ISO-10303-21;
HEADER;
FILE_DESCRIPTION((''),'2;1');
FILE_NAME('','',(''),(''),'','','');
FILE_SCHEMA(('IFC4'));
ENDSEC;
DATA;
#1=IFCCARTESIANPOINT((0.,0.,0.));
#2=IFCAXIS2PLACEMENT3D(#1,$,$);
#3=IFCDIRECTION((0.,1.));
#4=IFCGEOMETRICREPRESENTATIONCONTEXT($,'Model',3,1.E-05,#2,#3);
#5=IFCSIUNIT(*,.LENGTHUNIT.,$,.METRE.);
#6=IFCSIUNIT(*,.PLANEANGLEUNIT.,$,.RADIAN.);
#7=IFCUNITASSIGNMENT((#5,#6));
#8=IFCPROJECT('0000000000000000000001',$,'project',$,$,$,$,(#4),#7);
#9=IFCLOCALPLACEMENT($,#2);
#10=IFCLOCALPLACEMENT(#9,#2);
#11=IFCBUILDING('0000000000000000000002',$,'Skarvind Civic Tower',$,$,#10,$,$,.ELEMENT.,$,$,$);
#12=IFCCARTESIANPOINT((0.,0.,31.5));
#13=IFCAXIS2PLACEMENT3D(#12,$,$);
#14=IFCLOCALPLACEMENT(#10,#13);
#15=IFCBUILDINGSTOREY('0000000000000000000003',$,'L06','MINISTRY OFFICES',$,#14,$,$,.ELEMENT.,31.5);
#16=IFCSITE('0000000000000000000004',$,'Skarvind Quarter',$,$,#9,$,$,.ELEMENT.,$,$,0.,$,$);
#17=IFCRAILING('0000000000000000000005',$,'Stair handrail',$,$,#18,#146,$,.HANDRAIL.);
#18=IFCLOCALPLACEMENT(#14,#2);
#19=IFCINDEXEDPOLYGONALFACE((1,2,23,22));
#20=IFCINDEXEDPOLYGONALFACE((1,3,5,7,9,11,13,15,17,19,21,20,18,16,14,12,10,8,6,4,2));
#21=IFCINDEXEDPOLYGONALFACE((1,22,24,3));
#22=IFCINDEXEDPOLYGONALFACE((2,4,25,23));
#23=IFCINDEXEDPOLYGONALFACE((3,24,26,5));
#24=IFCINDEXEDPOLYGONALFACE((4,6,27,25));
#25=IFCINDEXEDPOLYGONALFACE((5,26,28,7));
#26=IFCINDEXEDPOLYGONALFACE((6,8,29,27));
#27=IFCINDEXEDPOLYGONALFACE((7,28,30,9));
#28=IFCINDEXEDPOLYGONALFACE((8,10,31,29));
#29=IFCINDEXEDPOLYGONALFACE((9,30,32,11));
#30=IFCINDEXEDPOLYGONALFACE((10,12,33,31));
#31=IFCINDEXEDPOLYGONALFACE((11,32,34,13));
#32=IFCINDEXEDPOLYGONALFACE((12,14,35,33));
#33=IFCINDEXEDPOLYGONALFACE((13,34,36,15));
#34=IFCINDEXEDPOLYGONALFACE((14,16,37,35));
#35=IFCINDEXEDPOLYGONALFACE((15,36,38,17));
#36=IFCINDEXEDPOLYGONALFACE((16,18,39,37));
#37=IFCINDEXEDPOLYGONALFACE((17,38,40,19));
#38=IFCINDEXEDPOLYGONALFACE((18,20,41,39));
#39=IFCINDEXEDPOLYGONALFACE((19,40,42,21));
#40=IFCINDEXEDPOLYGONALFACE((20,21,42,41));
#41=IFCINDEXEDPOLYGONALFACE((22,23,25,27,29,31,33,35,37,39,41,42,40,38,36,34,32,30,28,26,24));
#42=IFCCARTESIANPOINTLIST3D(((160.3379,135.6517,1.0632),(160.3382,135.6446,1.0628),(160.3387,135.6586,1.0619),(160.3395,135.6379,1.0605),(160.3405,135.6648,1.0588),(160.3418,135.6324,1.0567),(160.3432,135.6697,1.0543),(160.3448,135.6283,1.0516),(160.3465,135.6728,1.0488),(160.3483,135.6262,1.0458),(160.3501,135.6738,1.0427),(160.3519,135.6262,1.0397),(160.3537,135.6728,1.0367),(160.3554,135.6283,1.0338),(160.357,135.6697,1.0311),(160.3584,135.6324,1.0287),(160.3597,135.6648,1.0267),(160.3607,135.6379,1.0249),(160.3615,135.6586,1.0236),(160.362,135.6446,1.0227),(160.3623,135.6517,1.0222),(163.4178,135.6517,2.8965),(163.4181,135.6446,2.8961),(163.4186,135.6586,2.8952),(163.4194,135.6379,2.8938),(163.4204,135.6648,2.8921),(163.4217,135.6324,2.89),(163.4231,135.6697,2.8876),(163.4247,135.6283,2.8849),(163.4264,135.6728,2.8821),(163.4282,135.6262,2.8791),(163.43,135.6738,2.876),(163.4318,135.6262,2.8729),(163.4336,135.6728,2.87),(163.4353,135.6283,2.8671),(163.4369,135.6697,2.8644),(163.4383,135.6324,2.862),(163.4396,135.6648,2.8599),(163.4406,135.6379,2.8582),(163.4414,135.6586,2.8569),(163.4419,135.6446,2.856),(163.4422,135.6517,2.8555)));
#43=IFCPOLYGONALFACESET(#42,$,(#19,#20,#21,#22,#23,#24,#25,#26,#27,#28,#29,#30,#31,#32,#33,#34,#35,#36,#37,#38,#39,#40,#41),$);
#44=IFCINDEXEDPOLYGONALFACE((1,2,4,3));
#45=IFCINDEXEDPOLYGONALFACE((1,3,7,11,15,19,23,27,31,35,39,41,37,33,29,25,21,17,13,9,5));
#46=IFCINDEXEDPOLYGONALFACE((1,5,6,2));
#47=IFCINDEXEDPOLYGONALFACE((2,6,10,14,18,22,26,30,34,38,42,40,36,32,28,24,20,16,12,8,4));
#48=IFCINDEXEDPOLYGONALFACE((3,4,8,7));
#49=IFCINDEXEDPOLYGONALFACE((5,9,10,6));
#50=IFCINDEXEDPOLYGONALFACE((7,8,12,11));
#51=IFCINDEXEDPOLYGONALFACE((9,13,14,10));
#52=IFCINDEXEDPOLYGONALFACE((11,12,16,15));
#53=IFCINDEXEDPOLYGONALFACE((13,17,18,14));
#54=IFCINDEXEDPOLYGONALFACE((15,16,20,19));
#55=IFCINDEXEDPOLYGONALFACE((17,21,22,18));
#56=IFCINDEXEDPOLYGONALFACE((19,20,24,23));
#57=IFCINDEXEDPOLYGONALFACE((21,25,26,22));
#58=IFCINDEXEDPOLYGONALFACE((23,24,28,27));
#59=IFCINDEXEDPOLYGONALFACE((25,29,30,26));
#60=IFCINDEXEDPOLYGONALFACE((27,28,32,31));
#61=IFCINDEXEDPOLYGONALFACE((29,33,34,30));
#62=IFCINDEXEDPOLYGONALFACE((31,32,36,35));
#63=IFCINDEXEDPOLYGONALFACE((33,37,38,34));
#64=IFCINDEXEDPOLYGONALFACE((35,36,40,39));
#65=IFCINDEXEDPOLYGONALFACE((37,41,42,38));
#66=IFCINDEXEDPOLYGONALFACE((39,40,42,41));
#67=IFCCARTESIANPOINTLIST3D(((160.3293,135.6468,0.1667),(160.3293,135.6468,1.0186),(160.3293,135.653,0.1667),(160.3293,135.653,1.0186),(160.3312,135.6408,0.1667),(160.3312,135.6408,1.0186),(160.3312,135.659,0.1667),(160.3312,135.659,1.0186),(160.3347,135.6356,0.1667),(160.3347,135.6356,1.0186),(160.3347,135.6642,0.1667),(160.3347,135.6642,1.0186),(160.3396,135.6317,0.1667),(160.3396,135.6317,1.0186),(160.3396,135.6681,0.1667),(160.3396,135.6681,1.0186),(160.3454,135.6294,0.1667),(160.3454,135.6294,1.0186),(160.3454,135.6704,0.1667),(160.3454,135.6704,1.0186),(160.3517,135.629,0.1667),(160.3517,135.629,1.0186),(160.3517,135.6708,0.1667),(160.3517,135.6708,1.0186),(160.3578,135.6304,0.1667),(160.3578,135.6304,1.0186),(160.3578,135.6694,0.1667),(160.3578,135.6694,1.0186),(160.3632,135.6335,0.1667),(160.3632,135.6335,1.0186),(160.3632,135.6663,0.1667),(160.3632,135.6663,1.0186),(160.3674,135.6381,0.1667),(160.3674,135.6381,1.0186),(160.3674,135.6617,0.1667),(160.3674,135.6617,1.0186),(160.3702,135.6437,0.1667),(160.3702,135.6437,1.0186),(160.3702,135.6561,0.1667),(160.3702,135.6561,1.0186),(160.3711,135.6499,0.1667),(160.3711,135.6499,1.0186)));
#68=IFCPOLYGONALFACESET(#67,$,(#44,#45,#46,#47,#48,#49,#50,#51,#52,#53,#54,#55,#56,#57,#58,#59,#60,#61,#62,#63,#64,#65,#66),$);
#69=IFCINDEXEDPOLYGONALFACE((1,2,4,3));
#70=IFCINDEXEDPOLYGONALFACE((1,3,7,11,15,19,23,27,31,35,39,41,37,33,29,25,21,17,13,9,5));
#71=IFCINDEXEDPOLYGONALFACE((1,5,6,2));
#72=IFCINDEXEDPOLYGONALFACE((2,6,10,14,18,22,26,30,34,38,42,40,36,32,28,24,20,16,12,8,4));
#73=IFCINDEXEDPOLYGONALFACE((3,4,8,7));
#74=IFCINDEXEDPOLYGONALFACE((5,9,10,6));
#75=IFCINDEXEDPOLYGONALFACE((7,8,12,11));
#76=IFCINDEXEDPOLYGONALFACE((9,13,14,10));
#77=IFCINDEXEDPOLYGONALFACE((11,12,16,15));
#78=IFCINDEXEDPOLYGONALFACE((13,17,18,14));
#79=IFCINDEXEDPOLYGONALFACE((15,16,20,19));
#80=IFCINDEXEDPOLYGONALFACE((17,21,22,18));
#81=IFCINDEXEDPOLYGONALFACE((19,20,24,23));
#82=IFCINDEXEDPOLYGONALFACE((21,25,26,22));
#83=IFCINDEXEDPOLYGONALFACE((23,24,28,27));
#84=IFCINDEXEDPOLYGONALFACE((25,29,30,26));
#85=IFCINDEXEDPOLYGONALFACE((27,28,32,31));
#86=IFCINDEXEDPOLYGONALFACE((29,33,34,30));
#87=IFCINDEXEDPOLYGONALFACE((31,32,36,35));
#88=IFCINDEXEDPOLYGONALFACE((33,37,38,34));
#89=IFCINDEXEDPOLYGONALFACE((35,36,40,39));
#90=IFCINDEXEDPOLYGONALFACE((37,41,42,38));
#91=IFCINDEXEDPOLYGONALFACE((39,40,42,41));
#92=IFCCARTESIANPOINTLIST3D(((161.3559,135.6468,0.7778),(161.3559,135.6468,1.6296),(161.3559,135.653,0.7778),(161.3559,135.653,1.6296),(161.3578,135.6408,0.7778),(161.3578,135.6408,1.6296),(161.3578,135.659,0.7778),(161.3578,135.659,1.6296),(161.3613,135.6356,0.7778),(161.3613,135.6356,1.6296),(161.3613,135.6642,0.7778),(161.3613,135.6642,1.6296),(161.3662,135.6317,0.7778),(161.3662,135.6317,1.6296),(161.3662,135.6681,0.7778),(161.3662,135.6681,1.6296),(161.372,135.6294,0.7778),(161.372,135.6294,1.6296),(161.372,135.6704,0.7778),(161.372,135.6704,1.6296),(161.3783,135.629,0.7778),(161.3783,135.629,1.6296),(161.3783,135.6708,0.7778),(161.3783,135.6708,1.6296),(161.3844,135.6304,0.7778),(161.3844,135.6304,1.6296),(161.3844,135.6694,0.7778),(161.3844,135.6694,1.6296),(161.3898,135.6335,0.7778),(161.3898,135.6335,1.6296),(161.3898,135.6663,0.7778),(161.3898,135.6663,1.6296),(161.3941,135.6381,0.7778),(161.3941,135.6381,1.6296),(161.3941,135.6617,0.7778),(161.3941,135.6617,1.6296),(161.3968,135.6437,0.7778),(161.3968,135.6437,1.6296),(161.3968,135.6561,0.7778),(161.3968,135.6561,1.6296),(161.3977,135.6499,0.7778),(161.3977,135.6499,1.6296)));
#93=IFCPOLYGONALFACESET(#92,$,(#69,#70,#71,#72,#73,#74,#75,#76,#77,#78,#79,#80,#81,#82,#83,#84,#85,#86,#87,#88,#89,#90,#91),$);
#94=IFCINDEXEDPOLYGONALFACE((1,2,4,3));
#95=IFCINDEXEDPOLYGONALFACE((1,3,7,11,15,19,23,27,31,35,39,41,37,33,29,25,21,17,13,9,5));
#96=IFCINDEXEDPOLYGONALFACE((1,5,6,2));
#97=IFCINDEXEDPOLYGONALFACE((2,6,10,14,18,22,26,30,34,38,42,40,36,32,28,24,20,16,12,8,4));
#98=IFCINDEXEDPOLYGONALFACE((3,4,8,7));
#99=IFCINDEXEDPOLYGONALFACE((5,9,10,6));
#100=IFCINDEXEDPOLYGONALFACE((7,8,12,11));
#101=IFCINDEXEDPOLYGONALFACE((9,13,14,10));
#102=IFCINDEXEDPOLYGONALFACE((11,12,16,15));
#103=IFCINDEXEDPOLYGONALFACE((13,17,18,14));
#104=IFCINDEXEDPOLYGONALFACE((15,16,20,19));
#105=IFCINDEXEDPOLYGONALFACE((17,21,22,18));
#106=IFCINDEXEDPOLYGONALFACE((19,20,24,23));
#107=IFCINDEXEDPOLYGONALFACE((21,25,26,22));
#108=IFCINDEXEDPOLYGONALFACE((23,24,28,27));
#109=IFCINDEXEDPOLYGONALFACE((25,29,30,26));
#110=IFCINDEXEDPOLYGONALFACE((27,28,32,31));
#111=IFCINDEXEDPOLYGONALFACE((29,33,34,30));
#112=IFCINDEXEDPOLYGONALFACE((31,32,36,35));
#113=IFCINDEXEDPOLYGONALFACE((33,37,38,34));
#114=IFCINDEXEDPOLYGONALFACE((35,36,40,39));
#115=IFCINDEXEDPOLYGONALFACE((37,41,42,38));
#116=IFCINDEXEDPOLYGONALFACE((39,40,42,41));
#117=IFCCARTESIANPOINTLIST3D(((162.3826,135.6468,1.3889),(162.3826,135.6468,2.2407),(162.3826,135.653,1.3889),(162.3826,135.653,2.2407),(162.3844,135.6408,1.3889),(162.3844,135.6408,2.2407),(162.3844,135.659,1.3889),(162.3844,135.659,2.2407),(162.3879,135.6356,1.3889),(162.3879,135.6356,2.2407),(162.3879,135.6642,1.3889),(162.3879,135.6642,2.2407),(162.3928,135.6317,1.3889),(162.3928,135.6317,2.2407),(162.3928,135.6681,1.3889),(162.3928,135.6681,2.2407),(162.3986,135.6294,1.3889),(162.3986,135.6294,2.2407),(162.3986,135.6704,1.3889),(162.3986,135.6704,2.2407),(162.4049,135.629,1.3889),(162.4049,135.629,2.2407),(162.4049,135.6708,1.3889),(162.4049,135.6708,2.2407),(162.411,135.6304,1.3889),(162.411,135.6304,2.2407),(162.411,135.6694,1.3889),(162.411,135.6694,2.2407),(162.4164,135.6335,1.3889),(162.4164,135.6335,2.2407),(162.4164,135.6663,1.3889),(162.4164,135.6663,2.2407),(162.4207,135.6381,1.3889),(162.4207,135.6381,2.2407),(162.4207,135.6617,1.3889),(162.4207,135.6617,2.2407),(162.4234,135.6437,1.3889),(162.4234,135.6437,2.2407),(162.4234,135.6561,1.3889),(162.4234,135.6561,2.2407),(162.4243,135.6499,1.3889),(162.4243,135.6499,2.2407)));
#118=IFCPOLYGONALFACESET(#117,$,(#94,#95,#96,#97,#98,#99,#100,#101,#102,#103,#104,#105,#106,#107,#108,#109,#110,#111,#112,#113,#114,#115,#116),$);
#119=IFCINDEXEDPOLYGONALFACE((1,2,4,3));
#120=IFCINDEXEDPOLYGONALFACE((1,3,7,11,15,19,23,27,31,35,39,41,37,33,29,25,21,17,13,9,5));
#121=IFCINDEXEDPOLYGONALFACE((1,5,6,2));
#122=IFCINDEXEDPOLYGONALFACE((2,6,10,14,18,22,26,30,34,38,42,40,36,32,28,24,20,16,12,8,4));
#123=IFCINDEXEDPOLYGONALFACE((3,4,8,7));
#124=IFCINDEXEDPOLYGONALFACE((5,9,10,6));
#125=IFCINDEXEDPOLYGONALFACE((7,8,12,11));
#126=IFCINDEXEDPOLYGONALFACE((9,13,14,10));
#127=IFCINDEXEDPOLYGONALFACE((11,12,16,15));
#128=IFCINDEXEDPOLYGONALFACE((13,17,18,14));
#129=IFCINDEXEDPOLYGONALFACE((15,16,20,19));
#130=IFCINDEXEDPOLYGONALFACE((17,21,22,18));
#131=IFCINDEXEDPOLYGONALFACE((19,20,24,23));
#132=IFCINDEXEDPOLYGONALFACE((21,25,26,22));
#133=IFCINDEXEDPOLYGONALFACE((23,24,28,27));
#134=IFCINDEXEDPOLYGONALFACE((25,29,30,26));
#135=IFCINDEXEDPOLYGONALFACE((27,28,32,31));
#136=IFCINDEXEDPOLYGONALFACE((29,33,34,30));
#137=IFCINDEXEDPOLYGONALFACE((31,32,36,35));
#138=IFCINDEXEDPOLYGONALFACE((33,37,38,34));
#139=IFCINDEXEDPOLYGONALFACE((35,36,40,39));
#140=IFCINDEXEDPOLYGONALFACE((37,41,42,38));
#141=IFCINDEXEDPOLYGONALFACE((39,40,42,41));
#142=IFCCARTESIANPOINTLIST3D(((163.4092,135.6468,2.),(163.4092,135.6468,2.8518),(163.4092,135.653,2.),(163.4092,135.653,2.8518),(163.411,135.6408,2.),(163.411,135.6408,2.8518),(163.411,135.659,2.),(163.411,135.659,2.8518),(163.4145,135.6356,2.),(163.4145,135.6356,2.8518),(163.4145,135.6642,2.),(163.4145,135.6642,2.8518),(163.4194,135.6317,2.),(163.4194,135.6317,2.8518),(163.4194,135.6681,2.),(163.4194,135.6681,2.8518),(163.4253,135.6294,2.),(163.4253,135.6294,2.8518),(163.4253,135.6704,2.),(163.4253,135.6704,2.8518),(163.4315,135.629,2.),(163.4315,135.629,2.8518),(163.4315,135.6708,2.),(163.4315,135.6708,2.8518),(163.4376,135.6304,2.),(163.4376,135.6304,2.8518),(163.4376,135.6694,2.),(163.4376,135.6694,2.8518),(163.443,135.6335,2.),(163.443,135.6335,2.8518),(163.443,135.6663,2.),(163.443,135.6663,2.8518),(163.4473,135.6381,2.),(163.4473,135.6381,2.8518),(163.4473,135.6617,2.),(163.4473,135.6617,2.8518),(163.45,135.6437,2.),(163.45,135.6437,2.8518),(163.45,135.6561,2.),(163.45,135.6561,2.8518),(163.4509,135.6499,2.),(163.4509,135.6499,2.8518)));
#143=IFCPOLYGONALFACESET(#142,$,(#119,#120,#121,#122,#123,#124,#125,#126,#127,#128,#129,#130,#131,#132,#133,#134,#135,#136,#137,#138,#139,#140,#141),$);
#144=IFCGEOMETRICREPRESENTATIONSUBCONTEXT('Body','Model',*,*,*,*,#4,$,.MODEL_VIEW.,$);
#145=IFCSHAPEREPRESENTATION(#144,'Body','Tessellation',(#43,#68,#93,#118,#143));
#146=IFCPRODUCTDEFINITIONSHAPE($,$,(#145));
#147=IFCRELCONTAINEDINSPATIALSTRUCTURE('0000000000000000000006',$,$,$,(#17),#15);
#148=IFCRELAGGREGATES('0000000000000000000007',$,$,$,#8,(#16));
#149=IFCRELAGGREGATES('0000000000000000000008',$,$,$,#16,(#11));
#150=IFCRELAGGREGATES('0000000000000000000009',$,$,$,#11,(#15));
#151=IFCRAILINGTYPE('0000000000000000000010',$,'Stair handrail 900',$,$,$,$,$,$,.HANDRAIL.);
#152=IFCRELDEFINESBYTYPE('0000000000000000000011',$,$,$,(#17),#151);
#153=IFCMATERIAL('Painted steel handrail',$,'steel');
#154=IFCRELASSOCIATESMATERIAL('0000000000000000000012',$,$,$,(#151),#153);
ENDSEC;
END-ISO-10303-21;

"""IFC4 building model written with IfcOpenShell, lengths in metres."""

from ifc_helpers import new_model, si_unit, direction, frame, origin, origin_2d, place, context, subcontext, project, spatial, circle, extrude, material, type_object, element, save


model = new_model("IFC4")

# Units and contexts
model_context = context("Model", 3, precision=1e-05, world=origin(), true_north=direction((0.0, 1.0)))
body_context = subcontext(model_context, "Body", "Model", "MODEL_VIEW")
ifc_project = project(units=[si_unit("LENGTHUNIT", "METRE"), si_unit("PLANEANGLEUNIT", "RADIAN")], contexts=[model_context])

# Site, building, storey
site_placement = place(None, origin())
site = spatial("IfcSite", under=ifc_project, at=site_placement, Name="Skarvind Quarter", CompositionType="ELEMENT", RefElevation=0.0)
building_placement = place(site_placement, origin())
building = spatial("IfcBuilding", under=site, at=building_placement, Name="Skarvind Civic Tower", CompositionType="ELEMENT")
storey_placement = place(building_placement, frame((0.0, 0.0, 31.5)))
storey = spatial("IfcBuildingStorey", under=building, at=storey_placement, Name="L06", Description="MINISTRY OFFICES", CompositionType="ELEMENT", Elevation=31.5)

# Railing
ifc_material_1 = material(Name="Painted steel handrail", Category="steel")
railing_type = type_object("IfcRailingType", Name="Stair handrail 900", PredefinedType="HANDRAIL", material=ifc_material_1)
railing_placement = place(storey_placement, frame((160.3501, 135.6499, 0.1667)))
element("IfcRailing", 1, at=railing_placement, inside=storey, type_object=railing_type, Name="Stair handrail", PredefinedType="HANDRAIL", context=body_context, shape_type="SweptSolid", body=[
    extrude(circle(Radius=0.0239, at=origin_2d()), frame((0.0, 0.0, 0.876), z_axis=(0.859291, 0.0, 0.511487), x_axis=(0.0, 1.0, 0.0)), (0.0, 0.0, 1.0), 3.5842),
    extrude(circle(Radius=0.021, at=origin_2d()), origin(), (0.0, 0.0, 1.0), 0.8518),
    extrude(circle(Radius=0.021, at=origin_2d()), frame((1.0266, 0.0, 0.6111)), (0.0, 0.0, 1.0), 0.8518),
    extrude(circle(Radius=0.021, at=origin_2d()), frame((2.0532, 0.0, 1.2222)), (0.0, 0.0, 1.0), 0.8518),
    extrude(circle(Radius=0.021, at=origin_2d()), frame((3.0798, 0.0, 1.8333)), (0.0, 0.0, 1.0), 0.8518),
])

save(model, "model.ifc")
